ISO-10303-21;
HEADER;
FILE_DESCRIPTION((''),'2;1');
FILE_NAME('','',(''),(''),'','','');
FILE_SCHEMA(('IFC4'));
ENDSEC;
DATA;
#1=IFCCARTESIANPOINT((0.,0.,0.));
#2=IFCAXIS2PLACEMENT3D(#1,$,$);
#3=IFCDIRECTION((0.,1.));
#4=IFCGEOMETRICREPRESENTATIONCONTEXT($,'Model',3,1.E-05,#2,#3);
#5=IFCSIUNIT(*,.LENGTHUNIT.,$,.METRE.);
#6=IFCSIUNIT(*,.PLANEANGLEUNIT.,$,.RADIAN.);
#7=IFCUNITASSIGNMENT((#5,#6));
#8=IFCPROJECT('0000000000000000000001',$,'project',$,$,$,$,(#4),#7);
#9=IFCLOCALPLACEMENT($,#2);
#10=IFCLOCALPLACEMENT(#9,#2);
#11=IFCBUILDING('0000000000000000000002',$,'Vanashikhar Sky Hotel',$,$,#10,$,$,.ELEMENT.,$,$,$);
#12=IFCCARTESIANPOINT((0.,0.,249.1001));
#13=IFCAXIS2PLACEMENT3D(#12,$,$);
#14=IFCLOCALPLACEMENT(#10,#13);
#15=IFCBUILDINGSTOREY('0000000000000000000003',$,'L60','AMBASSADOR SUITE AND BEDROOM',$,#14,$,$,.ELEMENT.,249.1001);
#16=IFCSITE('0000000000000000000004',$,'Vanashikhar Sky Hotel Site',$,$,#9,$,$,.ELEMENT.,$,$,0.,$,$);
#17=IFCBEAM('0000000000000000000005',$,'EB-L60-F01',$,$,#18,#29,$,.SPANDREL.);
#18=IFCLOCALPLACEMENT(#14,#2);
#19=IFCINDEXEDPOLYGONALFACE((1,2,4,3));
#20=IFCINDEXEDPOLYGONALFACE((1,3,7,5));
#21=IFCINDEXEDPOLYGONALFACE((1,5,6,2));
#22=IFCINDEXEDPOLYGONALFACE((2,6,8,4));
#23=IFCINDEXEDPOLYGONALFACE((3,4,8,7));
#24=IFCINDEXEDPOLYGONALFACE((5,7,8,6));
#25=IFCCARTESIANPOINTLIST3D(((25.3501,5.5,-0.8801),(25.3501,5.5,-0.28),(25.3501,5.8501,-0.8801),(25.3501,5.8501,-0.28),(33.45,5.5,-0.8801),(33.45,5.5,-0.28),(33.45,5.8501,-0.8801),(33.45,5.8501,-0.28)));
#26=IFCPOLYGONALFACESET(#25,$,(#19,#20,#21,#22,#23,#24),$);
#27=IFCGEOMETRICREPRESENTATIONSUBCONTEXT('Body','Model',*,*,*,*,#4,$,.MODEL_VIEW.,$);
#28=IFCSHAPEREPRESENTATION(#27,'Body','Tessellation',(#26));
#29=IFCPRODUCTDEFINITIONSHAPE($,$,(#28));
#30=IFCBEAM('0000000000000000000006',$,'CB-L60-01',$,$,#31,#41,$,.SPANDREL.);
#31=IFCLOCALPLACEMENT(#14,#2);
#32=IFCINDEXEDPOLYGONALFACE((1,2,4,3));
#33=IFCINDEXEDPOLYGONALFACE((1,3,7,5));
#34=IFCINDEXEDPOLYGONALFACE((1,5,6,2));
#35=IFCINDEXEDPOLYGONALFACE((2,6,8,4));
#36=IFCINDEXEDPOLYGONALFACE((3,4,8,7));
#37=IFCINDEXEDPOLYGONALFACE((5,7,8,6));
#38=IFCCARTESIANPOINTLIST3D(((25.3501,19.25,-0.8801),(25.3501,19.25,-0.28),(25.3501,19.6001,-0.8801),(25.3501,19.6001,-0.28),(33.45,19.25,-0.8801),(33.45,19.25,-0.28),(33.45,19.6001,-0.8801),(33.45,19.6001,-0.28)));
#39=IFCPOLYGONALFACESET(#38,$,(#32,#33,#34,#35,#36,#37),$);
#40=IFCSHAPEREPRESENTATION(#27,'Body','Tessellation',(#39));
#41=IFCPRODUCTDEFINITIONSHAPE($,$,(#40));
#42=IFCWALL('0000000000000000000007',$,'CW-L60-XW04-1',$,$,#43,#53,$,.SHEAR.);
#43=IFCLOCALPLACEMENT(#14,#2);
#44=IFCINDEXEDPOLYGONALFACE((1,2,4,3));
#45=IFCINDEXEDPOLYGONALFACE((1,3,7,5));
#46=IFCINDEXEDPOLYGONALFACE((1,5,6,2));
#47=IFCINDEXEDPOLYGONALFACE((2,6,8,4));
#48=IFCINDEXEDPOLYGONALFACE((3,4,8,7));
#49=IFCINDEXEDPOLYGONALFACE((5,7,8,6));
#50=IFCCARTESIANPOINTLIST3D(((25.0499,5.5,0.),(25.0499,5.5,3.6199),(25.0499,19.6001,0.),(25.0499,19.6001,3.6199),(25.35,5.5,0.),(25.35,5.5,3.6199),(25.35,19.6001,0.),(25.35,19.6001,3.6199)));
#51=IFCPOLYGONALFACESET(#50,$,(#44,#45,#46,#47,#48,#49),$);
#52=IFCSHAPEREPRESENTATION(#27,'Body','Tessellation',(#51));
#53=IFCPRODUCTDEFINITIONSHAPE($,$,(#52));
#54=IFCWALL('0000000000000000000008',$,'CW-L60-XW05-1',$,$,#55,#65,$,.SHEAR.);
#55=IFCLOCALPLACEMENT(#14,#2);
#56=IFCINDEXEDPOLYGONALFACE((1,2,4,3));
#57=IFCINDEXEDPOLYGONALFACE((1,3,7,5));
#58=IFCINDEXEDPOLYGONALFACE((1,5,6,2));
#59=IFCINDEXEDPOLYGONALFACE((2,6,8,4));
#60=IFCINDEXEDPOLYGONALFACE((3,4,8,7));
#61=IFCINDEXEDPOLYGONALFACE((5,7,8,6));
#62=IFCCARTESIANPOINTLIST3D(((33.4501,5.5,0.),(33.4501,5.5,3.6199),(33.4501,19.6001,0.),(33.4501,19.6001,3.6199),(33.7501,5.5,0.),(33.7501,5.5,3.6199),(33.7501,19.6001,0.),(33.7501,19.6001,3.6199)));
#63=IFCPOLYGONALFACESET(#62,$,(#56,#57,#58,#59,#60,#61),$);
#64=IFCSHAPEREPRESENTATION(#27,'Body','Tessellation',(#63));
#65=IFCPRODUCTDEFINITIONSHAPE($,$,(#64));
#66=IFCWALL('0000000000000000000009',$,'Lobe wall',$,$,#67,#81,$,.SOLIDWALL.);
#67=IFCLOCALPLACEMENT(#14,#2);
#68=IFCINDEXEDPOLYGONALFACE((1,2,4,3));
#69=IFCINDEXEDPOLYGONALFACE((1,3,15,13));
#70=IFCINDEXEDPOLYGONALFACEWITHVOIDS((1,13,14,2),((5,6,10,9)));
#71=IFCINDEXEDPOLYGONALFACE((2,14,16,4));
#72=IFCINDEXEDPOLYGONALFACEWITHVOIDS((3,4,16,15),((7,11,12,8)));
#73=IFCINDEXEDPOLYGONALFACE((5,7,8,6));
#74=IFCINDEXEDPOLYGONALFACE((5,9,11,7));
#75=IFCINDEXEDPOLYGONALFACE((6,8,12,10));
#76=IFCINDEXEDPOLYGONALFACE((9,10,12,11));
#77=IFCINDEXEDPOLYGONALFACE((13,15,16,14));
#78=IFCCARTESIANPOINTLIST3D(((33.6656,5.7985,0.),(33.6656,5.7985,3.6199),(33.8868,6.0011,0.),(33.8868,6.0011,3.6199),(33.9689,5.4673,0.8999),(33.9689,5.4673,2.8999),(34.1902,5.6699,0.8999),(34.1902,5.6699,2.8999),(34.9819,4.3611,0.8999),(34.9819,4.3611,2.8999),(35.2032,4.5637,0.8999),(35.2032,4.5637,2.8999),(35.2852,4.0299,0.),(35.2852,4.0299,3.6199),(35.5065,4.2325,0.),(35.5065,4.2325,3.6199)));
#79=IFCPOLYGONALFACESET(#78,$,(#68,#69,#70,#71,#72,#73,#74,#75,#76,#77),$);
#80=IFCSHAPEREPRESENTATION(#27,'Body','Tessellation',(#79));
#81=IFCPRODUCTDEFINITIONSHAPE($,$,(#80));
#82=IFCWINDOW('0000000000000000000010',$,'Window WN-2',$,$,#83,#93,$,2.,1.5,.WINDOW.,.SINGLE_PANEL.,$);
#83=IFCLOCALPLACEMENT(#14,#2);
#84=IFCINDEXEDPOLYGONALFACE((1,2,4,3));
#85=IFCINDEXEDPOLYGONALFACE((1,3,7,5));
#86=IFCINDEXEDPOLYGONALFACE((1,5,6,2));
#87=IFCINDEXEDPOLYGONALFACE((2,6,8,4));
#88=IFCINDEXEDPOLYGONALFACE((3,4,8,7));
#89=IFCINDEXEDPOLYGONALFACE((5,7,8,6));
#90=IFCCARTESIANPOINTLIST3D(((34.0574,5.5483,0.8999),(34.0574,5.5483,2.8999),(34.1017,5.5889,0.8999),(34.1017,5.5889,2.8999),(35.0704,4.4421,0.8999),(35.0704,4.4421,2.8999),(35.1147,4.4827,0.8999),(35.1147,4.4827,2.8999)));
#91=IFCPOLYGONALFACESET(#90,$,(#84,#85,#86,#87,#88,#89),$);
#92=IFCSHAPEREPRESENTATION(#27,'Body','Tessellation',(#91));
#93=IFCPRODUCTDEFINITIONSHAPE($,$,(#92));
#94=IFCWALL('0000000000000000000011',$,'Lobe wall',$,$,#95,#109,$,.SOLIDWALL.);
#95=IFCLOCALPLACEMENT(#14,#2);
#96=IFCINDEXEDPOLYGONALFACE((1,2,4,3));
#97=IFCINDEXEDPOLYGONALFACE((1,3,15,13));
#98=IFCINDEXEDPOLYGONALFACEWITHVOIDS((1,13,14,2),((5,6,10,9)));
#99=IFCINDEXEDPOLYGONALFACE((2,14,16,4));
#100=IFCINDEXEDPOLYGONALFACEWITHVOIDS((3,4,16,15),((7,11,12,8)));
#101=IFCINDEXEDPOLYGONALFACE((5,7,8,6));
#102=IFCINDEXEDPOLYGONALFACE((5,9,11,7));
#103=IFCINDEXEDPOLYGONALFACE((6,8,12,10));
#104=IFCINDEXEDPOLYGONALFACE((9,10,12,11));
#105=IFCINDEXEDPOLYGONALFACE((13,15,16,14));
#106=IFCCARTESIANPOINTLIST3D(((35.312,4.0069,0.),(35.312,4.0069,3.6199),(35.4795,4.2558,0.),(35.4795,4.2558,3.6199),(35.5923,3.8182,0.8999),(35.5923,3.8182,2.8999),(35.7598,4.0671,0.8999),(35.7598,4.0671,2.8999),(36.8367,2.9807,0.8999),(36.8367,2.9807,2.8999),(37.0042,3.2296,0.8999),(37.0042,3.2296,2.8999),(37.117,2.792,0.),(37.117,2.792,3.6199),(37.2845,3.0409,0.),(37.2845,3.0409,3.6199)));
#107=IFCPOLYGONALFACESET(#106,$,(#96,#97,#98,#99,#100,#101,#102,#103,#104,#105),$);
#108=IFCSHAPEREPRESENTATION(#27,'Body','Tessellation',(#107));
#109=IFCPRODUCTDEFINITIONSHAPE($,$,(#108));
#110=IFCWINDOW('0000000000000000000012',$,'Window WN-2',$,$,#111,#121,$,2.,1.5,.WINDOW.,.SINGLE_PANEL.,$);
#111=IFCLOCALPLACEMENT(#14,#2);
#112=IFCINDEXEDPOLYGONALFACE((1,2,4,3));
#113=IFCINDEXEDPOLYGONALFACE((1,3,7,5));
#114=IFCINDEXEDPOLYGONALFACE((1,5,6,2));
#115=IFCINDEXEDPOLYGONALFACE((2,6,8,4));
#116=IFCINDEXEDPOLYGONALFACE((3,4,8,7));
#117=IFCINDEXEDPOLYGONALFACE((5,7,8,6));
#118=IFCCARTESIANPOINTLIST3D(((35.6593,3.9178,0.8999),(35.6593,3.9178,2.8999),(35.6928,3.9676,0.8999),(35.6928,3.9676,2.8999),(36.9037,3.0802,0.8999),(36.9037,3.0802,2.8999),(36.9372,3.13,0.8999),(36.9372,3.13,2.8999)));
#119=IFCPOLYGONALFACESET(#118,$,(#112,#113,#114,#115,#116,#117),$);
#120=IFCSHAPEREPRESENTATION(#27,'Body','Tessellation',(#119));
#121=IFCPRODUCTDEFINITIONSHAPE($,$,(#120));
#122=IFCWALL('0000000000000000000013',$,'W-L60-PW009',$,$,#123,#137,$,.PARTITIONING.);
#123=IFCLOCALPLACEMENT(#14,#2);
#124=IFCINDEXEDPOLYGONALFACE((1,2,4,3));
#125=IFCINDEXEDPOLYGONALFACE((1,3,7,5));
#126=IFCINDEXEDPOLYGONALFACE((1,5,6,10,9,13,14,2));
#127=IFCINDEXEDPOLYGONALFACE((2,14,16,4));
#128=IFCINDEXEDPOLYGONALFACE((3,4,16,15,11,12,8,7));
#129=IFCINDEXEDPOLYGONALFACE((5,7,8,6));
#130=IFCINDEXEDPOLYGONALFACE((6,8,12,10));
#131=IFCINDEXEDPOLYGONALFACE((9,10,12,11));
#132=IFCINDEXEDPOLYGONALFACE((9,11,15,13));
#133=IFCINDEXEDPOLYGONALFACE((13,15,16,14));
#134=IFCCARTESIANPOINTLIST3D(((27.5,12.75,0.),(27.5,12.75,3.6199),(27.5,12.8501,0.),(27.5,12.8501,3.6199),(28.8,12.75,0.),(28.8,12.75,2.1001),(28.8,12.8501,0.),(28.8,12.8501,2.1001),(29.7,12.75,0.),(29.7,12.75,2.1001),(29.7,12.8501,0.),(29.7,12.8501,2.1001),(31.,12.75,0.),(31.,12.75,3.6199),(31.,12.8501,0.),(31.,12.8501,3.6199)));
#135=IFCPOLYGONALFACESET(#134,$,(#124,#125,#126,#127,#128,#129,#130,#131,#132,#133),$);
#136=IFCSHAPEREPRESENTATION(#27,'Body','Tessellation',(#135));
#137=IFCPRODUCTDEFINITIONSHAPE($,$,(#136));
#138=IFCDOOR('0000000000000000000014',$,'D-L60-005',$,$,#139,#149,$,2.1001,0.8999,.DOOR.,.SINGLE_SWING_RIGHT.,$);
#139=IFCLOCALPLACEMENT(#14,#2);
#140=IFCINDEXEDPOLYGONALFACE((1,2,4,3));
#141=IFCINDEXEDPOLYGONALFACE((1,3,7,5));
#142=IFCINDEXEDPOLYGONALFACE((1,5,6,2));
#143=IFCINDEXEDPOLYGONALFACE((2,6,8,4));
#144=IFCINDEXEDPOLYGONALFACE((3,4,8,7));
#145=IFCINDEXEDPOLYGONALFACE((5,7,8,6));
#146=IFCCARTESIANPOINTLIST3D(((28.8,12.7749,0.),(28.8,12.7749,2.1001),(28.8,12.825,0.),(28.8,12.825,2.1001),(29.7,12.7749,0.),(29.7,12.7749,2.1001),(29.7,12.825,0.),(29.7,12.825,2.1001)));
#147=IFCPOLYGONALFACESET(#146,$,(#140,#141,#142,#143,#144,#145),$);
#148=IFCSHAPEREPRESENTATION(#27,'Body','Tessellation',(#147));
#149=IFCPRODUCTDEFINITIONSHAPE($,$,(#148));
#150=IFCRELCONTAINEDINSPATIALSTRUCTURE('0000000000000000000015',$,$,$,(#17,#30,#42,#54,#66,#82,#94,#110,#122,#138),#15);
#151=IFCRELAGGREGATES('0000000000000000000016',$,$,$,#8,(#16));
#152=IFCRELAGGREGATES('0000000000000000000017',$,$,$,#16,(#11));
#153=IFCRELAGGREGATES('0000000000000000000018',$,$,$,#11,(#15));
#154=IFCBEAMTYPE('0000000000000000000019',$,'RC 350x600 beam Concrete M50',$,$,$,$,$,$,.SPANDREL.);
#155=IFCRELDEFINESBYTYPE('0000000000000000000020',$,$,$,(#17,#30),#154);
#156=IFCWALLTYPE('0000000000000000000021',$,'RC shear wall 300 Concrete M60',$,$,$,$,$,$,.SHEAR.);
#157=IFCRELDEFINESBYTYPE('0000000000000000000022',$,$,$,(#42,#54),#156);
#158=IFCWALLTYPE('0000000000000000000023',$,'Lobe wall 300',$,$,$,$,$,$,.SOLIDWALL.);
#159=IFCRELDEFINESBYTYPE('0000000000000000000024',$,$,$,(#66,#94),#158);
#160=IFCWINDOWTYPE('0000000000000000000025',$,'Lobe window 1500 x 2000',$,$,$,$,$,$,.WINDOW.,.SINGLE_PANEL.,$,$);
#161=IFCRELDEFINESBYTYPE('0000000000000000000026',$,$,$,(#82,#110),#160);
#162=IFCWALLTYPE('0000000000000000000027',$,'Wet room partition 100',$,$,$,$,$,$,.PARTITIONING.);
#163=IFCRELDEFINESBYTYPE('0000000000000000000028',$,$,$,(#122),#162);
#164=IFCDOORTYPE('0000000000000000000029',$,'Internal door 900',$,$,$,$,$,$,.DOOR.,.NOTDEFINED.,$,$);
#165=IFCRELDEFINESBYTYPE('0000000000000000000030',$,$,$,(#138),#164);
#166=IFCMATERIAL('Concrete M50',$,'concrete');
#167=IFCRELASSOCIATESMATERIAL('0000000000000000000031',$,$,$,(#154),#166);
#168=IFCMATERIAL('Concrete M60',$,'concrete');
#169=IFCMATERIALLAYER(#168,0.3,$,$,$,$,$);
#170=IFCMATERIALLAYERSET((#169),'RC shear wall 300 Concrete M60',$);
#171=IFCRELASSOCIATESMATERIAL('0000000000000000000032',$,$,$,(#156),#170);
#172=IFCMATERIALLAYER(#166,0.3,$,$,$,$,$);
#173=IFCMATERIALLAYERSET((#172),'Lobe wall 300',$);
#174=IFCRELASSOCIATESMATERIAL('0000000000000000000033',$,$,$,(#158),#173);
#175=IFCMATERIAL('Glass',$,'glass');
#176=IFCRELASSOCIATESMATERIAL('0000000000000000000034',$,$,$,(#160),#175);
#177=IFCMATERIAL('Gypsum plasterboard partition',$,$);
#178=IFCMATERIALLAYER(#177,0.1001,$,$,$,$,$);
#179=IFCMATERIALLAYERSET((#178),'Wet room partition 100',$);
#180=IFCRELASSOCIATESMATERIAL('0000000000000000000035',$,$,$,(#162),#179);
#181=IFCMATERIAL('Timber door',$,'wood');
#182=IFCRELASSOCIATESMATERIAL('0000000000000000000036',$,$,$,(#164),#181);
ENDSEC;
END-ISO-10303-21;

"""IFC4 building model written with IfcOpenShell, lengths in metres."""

from ifc_helpers import new_model, si_unit, direction, frame, frame_2d, origin, origin_2d, place, context, subcontext, project, spatial, rectangle, extrude, source, transform, mapped, material, layer, layer_set, material_profile, profile_set, type_object, element, fill, save


model = new_model("IFC4")

# Units and contexts
model_context = context("Model", 3, precision=1e-05, world=origin(), true_north=direction((0.0, 1.0)))
body_context = subcontext(model_context, "Body", "Model", "MODEL_VIEW")
ifc_project = project(units=[si_unit("LENGTHUNIT", "METRE"), si_unit("PLANEANGLEUNIT", "RADIAN")], contexts=[model_context])

# Site, building, storey
site_placement = place(None, origin())
site = spatial("IfcSite", under=ifc_project, at=site_placement, Name="Vanashikhar Sky Hotel Site", CompositionType="ELEMENT", RefElevation=0.0)
building_placement = place(site_placement, origin())
building = spatial("IfcBuilding", under=site, at=building_placement, Name="Vanashikhar Sky Hotel", CompositionType="ELEMENT")
storey_placement = place(building_placement, frame((0.0, 0.0, 249.1001)))
storey = spatial("IfcBuildingStorey", under=building, at=storey_placement, Name="L60", Description="AMBASSADOR SUITE AND BEDROOM", CompositionType="ELEMENT", Elevation=249.1001)

# Beams
ifc_material_1 = material(Name="Concrete M50", Category="concrete")
ifc_material_profile_1 = material_profile(ifc_material_1, rectangle(XDim=0.3501, YDim=0.6001, at=origin_2d()))
ifc_profile_set_1 = profile_set([ifc_material_profile_1], Name="RC 350x600 beam Concrete M50")
beam_type = type_object("IfcBeamType", Name="RC 350x600 beam Concrete M50", PredefinedType="SPANDREL", material=ifc_profile_set_1)
shared_shape_1 = source(origin(), body_context, "Body", "SweptSolid", [
    extrude(rectangle(XDim=0.3501, YDim=0.6001, at=origin_2d()), origin(), (0.0, 0.0, 1.0), 8.0999),
])
for number, where, z_axis, x_axis, name in (
    (1, (25.3501, 5.675, -0.5801), (1.0, 0.0, 0.0), (0.0, 1.0, 0.0), "EB-L60-F01"),
    (2, (25.3501, 19.425, -0.5801), (1.0, 0.0, 0.0), (0.0, 1.0, 0.0), "CB-L60-01"),
):
    element("IfcBeam", number, at=place(storey_placement, frame(where, z_axis=z_axis, x_axis=x_axis)), inside=storey, type_object=beam_type, Name=name, PredefinedType="SPANDREL", context=body_context, shape_type="MappedRepresentation", body=[
        mapped(shared_shape_1, transform((0.0, 0.0, 0.0), scale=1.0)),
    ])

# Walls
ifc_material_2 = material(Name="Concrete M60", Category="concrete")
ifc_layer_1 = layer(ifc_material_2, 0.3)
ifc_layer_set_1 = layer_set([ifc_layer_1], Name="RC shear wall 300 Concrete M60")
wall_type_1 = type_object("IfcWallType", Name="RC shear wall 300 Concrete M60", PredefinedType="SHEAR", material=ifc_layer_set_1)
shared_shape_2 = source(origin(), body_context, "Body", "SweptSolid", [
    extrude(rectangle(XDim=14.1001, YDim=0.3, at=frame_2d((7.05, 0.0))), origin(), (0.0, 0.0, 1.0), 3.6199),
])
for number, where, z_axis, x_axis, name in (
    (3, (25.2, 5.5, 0.0), (0.0, 0.0, 1.0), (0.0, 1.0, 0.0), "CW-L60-XW04-1"),
    (4, (33.6001, 5.5, 0.0), (0.0, 0.0, 1.0), (0.0, 1.0, 0.0), "CW-L60-XW05-1"),
):
    element("IfcWall", number, at=place(storey_placement, frame(where, z_axis=z_axis, x_axis=x_axis)), inside=storey, type_object=wall_type_1, Name=name, PredefinedType="SHEAR", context=body_context, shape_type="MappedRepresentation", body=[
        mapped(shared_shape_2, transform((0.0, 0.0, 0.0), scale=1.0)),
    ])

# Shared definitions
ifc_material_3 = material(Name="Glass", Category="glass")

# Walls, openings, windows
ifc_layer_2 = layer(ifc_material_1, 0.3)
ifc_layer_set_2 = layer_set([ifc_layer_2], Name="Lobe wall 300")
wall_type_2 = type_object("IfcWallType", Name="Lobe wall 300", PredefinedType="SOLIDWALL", material=ifc_layer_set_2)
shared_shape_3 = source(origin(), body_context, "Body", "SweptSolid", [
    extrude(rectangle(XDim=2.3982, YDim=0.3, at=frame_2d((1.1992, 0.0))), origin(), (0.0, 0.0, 1.0), 3.6199),
])
wall_1_placement = place(storey_placement, frame((33.7761, 5.8999, 0.0), z_axis=(0.0, 0.0, 1.0), x_axis=(0.675374, -0.737475, 0.0)))
wall_1 = element("IfcWall", 5, at=wall_1_placement, inside=storey, type_object=wall_type_2, Name="Lobe wall", PredefinedType="SOLIDWALL", context=body_context, shape_type="MappedRepresentation", body=[
    mapped(shared_shape_3, transform((0.0, 0.0, 0.0), scale=1.0)),
])
shared_shape_4 = source(origin(), body_context, "Body", "SweptSolid", [
    extrude(rectangle(XDim=1.5, YDim=2.0, at=frame_2d((0.75, 1.0))), frame((0.0, 0.1602, 0.0), z_axis=(0.0, -1.0, 0.0), x_axis=(1.0, 0.0, 0.0)), (0.0, 0.0, 1.0), 0.3201),
])
opening_1_placement = place(wall_1_placement, frame((0.4492, 0.0, 0.8999)))
opening_1 = element("IfcOpeningElement", 6, at=opening_1_placement, cuts=wall_1, PredefinedType="OPENING", context=body_context, shape_type="MappedRepresentation", body=[
    mapped(shared_shape_4, transform((0.0, 0.0, 0.0), scale=1.0)),
])
window_type_1 = type_object("IfcWindowType", Name="Lobe window 1500 x 2000", PartitioningType="SINGLE_PANEL", PredefinedType="WINDOW", material=ifc_material_3)
shared_shape_5 = source(origin(), body_context, "Body", "SweptSolid", [
    extrude(rectangle(XDim=1.5, YDim=2.0, at=frame_2d((0.75, 1.0))), frame((0.0, 0.03, 0.0), z_axis=(0.0, -1.0, 0.0), x_axis=(1.0, 0.0, 0.0)), (0.0, 0.0, 1.0), 0.0601),
])
window_1_placement = place(opening_1_placement, origin())
window_1 = element("IfcWindow", 7, at=window_1_placement, inside=storey, type_object=window_type_1, Name="Window WN-2", OverallHeight=2.0, OverallWidth=1.5, PartitioningType="SINGLE_PANEL", PredefinedType="WINDOW", context=body_context, shape_type="MappedRepresentation", body=[
    mapped(shared_shape_5, transform((0.0, 0.0, 0.0), scale=1.0)),
])
fill(opening_1, window_1)
shared_shape_6 = source(origin(), body_context, "Body", "SweptSolid", [
    extrude(rectangle(XDim=2.1758, YDim=0.3, at=frame_2d((1.0879, 0.0))), origin(), (0.0, 0.0, 1.0), 3.6199),
])
wall_2_placement = place(storey_placement, frame((35.3958, 4.1313, 0.0), z_axis=(0.0, 0.0, 1.0), x_axis=(0.829591, -0.558372, 0.0)))
wall_2 = element("IfcWall", 8, at=wall_2_placement, inside=storey, type_object=wall_type_2, Name="Lobe wall", PredefinedType="SOLIDWALL", context=body_context, shape_type="MappedRepresentation", body=[
    mapped(shared_shape_6, transform((0.0, 0.0, 0.0), scale=1.0)),
])
opening_2_placement = place(wall_2_placement, frame((0.3379, 0.0, 0.8999)))
opening_2 = element("IfcOpeningElement", 9, at=opening_2_placement, cuts=wall_2, PredefinedType="OPENING", context=body_context, shape_type="MappedRepresentation", body=[
    mapped(shared_shape_4, transform((0.0, 0.0, 0.0), scale=1.0)),
])
window_2_placement = place(opening_2_placement, origin())
window_2 = element("IfcWindow", 10, at=window_2_placement, inside=storey, type_object=window_type_1, Name="Window WN-2", OverallHeight=2.0, OverallWidth=1.5, PartitioningType="SINGLE_PANEL", PredefinedType="WINDOW", context=body_context, shape_type="MappedRepresentation", body=[
    mapped(shared_shape_5, transform((0.0, 0.0, 0.0), scale=1.0)),
])
fill(opening_2, window_2)

# Wall, opening, door
ifc_material_4 = material(Name="Gypsum plasterboard partition")
ifc_layer_3 = layer(ifc_material_4, 0.1001)
ifc_layer_set_3 = layer_set([ifc_layer_3], Name="Wet room partition 100")
wall_type_3 = type_object("IfcWallType", Name="Wet room partition 100", PredefinedType="PARTITIONING", material=ifc_layer_set_3)
shared_shape_7 = source(origin(), body_context, "Body", "SweptSolid", [
    extrude(rectangle(XDim=3.5, YDim=0.1001, at=frame_2d((1.75, 0.0))), origin(), (0.0, 0.0, 1.0), 3.6199),
])
wall_3_placement = place(storey_placement, frame((27.5, 12.8, 0.0), z_axis=(0.0, 0.0, 1.0), x_axis=(1.0, 0.0, 0.0)))
wall_3 = element("IfcWall", 11, at=wall_3_placement, inside=storey, type_object=wall_type_3, Name="W-L60-PW009", PredefinedType="PARTITIONING", context=body_context, shape_type="MappedRepresentation", body=[
    mapped(shared_shape_7, transform((0.0, 0.0, 0.0), scale=1.0)),
])
shared_shape_8 = source(origin(), body_context, "Body", "SweptSolid", [
    extrude(rectangle(XDim=0.8999, YDim=2.1001, at=frame_2d((0.45, 1.05))), frame((0.0, 0.0601, 0.0), z_axis=(0.0, -1.0, 0.0), x_axis=(1.0, 0.0, 0.0)), (0.0, 0.0, 1.0), 0.1201),
])
opening_3_placement = place(wall_3_placement, frame((1.3, 0.0, 0.0)))
opening_3 = element("IfcOpeningElement", 12, at=opening_3_placement, cuts=wall_3, PredefinedType="OPENING", context=body_context, shape_type="MappedRepresentation", body=[
    mapped(shared_shape_8, transform((0.0, 0.0, 0.0), scale=1.0)),
])
ifc_material_5 = material(Name="Timber door", Category="wood")
door_type_1 = type_object("IfcDoorType", Name="Internal door 900", OperationType="NOTDEFINED", PredefinedType="DOOR", material=ifc_material_5)
shared_shape_9 = source(origin(), body_context, "Body", "SweptSolid", [
    extrude(rectangle(XDim=0.8999, YDim=2.1001, at=frame_2d((0.45, 1.05))), frame((0.0, 0.0249, 0.0), z_axis=(0.0, -1.0, 0.0), x_axis=(1.0, 0.0, 0.0)), (0.0, 0.0, 1.0), 0.05),
])
door_1_placement = place(opening_3_placement, origin())
door_1 = element("IfcDoor", 13, at=door_1_placement, inside=storey, type_object=door_type_1, Name="D-L60-005", OperationType="SINGLE_SWING_RIGHT", OverallHeight=2.1001, OverallWidth=0.8999, PredefinedType="DOOR", context=body_context, shape_type="MappedRepresentation", body=[
    mapped(shared_shape_9, transform((0.0, 0.0, 0.0), scale=1.0)),
])
fill(opening_3, door_1)

save(model, "model.ifc")
